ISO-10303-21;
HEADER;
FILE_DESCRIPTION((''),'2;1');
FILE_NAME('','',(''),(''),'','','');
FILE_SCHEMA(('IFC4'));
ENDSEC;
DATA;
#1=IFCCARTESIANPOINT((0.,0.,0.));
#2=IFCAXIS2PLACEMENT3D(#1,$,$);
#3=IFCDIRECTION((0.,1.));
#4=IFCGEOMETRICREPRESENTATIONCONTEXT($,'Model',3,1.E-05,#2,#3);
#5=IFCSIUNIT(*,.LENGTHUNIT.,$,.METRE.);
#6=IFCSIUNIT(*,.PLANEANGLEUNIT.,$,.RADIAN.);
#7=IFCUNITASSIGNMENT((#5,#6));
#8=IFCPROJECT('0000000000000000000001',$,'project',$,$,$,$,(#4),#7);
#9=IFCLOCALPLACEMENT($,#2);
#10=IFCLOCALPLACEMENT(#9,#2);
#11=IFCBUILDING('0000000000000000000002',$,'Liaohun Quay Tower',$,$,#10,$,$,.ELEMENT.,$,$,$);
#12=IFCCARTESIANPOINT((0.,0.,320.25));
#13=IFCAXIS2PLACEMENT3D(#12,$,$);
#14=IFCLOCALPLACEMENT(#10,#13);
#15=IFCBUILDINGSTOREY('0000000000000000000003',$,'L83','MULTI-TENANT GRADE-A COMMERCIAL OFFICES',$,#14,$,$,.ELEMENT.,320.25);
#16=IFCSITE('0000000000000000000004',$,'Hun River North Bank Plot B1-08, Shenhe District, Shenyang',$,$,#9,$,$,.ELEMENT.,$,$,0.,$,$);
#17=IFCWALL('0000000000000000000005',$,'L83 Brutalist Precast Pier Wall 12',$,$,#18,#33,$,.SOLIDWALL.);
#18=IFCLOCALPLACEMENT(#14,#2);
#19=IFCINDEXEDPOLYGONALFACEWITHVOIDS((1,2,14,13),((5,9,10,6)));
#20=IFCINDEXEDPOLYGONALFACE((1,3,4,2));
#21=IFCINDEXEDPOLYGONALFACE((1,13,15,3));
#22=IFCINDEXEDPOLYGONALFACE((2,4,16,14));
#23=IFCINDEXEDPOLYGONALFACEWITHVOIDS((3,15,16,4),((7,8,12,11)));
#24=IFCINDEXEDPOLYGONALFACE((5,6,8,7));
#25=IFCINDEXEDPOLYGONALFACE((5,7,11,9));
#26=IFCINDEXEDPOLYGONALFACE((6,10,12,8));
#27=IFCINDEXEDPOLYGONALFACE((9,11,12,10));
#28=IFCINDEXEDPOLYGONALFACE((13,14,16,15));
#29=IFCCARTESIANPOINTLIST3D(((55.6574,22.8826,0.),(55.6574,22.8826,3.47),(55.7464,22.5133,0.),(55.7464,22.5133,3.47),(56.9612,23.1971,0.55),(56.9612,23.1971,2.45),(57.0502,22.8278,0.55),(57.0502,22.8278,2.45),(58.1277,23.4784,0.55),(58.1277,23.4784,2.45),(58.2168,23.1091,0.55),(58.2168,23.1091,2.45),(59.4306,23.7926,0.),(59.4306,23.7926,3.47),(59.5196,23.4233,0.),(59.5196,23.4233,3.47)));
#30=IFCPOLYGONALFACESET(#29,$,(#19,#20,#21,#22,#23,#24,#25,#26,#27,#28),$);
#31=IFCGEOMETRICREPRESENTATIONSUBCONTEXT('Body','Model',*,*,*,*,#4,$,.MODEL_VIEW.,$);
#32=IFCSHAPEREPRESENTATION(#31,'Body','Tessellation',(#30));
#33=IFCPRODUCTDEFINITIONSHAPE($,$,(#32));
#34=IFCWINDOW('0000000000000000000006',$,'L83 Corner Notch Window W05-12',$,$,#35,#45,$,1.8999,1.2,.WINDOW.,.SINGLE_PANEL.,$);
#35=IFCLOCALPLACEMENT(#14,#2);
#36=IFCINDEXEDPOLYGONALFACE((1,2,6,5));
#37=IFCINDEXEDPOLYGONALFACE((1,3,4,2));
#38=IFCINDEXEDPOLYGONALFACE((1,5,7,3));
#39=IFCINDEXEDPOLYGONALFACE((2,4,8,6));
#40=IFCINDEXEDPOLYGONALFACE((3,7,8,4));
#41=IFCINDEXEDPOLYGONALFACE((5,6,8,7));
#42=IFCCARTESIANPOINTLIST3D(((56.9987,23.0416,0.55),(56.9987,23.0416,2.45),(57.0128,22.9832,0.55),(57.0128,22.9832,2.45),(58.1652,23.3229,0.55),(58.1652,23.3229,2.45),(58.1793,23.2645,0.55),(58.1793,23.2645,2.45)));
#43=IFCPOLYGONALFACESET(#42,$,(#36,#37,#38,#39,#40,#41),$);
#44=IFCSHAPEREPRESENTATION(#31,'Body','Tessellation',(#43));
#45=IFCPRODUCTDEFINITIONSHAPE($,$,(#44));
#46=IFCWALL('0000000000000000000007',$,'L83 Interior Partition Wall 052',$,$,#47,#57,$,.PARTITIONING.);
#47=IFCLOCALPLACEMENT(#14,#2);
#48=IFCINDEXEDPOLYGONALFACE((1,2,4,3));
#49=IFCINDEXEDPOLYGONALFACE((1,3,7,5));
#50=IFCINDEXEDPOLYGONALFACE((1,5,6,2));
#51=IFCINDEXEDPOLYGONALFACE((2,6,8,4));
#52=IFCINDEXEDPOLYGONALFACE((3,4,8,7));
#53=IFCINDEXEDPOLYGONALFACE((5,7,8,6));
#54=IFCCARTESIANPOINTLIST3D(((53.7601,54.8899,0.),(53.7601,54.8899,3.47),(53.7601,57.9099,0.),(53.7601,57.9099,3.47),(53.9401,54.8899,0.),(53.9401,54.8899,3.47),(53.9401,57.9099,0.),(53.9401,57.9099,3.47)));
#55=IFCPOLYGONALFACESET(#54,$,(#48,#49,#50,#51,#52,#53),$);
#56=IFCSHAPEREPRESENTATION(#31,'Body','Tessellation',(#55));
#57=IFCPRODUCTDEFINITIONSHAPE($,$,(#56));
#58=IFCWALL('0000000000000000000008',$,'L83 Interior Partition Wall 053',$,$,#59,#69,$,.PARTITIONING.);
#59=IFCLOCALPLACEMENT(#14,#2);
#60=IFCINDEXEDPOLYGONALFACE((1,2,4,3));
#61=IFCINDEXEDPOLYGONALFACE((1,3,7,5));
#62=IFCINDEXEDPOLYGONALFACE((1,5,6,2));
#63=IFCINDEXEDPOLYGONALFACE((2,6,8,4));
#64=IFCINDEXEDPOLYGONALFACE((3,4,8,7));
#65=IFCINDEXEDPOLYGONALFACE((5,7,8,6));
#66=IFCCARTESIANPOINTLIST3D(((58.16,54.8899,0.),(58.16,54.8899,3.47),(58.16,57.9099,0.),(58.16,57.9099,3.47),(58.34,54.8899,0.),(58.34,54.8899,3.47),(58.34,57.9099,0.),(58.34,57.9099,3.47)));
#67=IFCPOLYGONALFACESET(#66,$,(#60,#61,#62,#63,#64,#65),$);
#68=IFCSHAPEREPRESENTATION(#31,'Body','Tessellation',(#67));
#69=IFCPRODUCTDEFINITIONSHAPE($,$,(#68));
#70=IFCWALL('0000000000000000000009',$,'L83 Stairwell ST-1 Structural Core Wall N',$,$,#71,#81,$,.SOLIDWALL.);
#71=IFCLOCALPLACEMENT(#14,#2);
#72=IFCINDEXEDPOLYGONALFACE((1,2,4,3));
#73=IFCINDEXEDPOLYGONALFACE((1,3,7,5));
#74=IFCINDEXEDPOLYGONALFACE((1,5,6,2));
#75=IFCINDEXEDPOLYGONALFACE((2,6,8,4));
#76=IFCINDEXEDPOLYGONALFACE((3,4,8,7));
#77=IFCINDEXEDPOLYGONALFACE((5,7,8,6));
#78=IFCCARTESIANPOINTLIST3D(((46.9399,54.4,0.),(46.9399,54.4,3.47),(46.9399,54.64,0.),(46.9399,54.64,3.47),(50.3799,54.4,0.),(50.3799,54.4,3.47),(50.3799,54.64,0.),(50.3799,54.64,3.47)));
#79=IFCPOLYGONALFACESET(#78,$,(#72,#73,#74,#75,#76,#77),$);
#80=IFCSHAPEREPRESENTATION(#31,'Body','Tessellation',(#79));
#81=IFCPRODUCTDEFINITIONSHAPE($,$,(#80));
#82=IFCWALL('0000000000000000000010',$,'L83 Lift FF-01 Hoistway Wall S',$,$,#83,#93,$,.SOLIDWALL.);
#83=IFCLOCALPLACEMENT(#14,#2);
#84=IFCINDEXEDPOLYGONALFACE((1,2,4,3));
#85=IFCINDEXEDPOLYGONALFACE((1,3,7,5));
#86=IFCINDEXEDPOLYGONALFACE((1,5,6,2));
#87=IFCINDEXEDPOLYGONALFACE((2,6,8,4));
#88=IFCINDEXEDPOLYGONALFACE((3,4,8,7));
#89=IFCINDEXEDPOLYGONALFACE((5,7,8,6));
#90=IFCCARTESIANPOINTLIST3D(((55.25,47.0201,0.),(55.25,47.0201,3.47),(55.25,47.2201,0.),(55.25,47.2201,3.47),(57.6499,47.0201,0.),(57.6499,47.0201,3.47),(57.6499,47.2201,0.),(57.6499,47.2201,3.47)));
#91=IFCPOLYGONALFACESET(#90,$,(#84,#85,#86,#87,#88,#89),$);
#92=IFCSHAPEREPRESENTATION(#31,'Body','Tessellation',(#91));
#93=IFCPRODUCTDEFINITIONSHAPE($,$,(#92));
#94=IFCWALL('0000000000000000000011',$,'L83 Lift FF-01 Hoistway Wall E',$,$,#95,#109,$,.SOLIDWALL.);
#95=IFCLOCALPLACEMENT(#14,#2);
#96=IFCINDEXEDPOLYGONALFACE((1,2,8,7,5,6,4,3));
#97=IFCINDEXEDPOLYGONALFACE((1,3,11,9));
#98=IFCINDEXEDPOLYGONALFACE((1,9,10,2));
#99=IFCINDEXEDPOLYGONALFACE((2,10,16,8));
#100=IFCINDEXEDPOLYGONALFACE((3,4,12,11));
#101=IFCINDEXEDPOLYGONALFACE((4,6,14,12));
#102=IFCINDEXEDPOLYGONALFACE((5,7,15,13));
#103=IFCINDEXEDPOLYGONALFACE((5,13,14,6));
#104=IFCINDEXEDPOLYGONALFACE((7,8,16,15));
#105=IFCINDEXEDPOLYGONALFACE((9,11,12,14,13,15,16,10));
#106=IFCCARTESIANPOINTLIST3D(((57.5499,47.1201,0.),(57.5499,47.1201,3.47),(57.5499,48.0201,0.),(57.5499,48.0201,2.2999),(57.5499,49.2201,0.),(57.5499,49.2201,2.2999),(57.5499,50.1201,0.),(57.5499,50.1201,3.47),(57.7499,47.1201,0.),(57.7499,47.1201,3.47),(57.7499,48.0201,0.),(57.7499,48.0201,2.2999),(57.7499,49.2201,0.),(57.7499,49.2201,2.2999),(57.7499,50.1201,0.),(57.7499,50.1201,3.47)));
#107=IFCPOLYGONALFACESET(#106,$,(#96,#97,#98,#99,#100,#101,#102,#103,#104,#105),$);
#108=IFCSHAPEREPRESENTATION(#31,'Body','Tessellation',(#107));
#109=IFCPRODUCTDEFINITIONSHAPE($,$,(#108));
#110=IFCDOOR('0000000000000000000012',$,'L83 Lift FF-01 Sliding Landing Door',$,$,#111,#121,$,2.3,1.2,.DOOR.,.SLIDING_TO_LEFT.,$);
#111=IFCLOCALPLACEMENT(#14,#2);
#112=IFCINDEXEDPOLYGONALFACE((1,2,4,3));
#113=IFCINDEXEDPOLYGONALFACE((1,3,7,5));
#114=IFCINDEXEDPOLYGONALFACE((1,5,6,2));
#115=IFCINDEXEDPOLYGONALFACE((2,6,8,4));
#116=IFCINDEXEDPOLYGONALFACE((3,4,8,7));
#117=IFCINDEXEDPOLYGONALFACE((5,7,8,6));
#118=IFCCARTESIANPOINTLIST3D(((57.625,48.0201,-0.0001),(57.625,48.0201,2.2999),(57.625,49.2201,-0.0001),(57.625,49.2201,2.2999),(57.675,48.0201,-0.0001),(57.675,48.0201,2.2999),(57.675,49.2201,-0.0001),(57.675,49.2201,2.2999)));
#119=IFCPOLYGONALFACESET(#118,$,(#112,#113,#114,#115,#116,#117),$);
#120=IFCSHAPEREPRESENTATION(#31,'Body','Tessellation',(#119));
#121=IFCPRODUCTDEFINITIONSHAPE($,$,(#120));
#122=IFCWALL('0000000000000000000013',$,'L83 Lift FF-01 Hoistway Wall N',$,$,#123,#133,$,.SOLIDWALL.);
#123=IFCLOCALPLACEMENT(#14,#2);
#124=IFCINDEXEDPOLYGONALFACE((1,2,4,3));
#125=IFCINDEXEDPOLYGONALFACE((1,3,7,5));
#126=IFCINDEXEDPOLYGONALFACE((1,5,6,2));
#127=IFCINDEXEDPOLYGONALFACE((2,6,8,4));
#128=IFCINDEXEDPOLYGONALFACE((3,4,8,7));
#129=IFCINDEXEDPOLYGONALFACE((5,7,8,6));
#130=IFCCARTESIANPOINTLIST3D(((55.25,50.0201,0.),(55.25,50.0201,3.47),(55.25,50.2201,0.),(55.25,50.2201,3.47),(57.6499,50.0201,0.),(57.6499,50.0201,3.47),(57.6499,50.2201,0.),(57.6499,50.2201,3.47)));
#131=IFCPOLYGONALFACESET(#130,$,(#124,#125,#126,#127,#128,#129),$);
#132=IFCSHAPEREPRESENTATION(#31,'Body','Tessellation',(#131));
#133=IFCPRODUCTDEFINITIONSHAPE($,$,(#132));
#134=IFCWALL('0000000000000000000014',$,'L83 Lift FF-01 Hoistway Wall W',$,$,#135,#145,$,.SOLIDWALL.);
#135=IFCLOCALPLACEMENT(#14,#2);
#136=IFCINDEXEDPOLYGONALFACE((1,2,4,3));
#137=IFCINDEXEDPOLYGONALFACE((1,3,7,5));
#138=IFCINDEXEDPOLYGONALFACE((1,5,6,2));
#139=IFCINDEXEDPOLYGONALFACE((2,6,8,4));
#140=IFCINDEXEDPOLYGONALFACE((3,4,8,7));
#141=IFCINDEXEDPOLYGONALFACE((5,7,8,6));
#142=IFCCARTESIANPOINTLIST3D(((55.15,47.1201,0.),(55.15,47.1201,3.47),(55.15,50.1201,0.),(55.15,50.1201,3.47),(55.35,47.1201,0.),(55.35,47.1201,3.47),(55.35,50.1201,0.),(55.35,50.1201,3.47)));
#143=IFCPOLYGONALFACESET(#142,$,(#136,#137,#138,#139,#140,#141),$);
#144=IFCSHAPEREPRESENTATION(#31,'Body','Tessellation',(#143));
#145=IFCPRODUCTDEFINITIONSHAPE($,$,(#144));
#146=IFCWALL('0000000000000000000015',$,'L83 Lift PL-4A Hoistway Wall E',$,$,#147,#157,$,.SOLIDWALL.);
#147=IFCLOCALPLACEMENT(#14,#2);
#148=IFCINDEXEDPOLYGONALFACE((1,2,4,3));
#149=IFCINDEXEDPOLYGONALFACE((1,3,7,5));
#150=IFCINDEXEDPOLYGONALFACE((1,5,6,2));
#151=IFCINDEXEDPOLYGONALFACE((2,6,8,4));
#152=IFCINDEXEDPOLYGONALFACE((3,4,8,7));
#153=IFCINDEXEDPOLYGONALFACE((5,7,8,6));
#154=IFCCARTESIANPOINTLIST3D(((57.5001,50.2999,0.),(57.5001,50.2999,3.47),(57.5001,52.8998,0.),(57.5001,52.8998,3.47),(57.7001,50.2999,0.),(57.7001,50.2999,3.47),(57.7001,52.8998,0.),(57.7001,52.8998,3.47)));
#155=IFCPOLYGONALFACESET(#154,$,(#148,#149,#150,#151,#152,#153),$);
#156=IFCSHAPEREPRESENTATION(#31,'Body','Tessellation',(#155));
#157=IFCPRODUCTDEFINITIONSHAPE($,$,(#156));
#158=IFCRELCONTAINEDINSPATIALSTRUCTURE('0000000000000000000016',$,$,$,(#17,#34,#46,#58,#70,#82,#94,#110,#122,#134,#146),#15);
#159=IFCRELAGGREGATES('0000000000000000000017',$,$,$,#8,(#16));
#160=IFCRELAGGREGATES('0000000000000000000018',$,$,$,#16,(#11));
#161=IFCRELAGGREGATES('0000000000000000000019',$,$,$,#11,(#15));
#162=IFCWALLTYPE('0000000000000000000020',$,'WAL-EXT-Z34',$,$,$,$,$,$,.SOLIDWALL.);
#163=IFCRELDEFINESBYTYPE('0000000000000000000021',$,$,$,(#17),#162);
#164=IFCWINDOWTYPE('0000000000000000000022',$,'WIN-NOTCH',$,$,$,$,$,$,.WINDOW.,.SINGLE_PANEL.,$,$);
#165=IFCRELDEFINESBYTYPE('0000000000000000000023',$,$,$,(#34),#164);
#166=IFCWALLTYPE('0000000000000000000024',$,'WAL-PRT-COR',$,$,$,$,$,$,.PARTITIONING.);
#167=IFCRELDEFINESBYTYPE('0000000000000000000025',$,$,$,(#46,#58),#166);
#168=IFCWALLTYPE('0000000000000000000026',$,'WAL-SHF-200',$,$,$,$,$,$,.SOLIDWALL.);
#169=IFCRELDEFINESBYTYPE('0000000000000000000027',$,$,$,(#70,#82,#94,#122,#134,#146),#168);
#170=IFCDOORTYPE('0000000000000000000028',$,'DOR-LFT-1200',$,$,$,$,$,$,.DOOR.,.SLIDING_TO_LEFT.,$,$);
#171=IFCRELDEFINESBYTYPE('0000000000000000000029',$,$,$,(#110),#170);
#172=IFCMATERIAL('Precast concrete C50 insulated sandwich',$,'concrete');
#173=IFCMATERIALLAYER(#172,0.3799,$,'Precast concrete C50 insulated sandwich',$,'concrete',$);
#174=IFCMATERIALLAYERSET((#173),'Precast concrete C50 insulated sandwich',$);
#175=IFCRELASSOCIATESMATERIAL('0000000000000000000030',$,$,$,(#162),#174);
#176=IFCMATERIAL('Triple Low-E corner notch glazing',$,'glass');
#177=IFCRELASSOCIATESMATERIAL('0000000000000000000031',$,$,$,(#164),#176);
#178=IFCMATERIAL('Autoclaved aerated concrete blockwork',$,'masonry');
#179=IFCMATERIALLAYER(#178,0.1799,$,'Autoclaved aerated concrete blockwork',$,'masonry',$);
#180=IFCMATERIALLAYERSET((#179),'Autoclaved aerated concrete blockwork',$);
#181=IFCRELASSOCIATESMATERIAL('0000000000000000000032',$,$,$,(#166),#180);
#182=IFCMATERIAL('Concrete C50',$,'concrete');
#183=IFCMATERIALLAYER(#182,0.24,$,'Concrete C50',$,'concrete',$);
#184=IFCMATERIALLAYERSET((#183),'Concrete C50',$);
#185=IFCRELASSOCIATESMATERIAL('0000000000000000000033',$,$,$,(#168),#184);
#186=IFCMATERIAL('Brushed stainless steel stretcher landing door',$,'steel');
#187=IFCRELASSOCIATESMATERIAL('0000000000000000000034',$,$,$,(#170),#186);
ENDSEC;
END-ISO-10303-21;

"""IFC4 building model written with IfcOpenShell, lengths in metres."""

from ifc_helpers import new_model, si_unit, direction, frame, frame_2d, origin, place, context, subcontext, project, spatial, rectangle, extrude, source, transform, mapped, material, layer, layer_set, type_object, element, fill, save


model = new_model("IFC4")

# Units and contexts
model_context = context("Model", 3, precision=1e-05, world=origin(), true_north=direction((0.0, 1.0)))
body_context = subcontext(model_context, "Body", "Model", "MODEL_VIEW")
ifc_project = project(units=[si_unit("LENGTHUNIT", "METRE"), si_unit("PLANEANGLEUNIT", "RADIAN")], contexts=[model_context])

# Site, building, storey
site_placement = place(None, origin())
site = spatial("IfcSite", under=ifc_project, at=site_placement, Name="Hun River North Bank Plot B1-08, Shenhe District, Shenyang", CompositionType="ELEMENT", RefElevation=0.0)
building_placement = place(site_placement, origin())
building = spatial("IfcBuilding", under=site, at=building_placement, Name="Liaohun Quay Tower", CompositionType="ELEMENT")
storey_placement = place(building_placement, frame((0.0, 0.0, 320.25)))
storey = spatial("IfcBuildingStorey", under=building, at=storey_placement, Name="L83", Description="MULTI-TENANT GRADE-A COMMERCIAL OFFICES", CompositionType="ELEMENT", Elevation=320.25)

# Shared definitions
ifc_material_1 = material(Name="Concrete C50", Category="concrete")

# Wall, opening, window
ifc_material_2 = material(Name="Precast concrete C50 insulated sandwich", Category="concrete")
ifc_layer_1 = layer(ifc_material_2, 0.3799, Name="Precast concrete C50 insulated sandwich", Category="concrete")
ifc_layer_set_1 = layer_set([ifc_layer_1], Name="Precast concrete C50 insulated sandwich")
wall_type_1 = type_object("IfcWallType", Name="WAL-EXT-Z34", PredefinedType="SOLIDWALL", material=ifc_layer_set_1)
wall_1_placement = place(storey_placement, frame((55.7019, 22.698, 0.0), z_axis=(0.0, 0.0, 1.0), x_axis=(0.972133, 0.234431, 0.0)))
wall_1 = element("IfcWall", 1, at=wall_1_placement, inside=storey, type_object=wall_type_1, Name="L83 Brutalist Precast Pier Wall 12", PredefinedType="SOLIDWALL", context=body_context, shape_type="SweptSolid", body=[
    extrude(rectangle(XDim=3.8813, YDim=0.3799, at=frame_2d((1.9407, 0.0))), origin(), (0.0, 0.0, 1.0), 3.47),
])
shared_shape_1 = source(origin(), body_context, "Body", "SweptSolid", [
    extrude(rectangle(XDim=1.2, YDim=1.8999, at=frame_2d((0.6001, 0.95))), frame((0.0, 0.2, 0.0), z_axis=(0.0, -1.0, 0.0), x_axis=(1.0, 0.0, 0.0)), (0.0, 0.0, 1.0), 0.3999),
])
opening_1_placement = place(wall_1_placement, frame((1.3411, 0.0, 0.55)))
opening_1 = element("IfcOpeningElement", 2, at=opening_1_placement, cuts=wall_1, PredefinedType="OPENING", context=body_context, shape_type="MappedRepresentation", body=[
    mapped(shared_shape_1, transform((0.0, 0.0, 0.0), x_axis=(1.0, 0.0, 0.0), y_axis=(0.0, 1.0, 0.0), z_axis=(0.0, 0.0, 1.0), scale=1.0)),
])
ifc_material_3 = material(Name="Triple Low-E corner notch glazing", Category="glass")
window_type_1 = type_object("IfcWindowType", Name="WIN-NOTCH", PartitioningType="SINGLE_PANEL", PredefinedType="WINDOW", material=ifc_material_3)
shared_shape_2 = source(origin(), body_context, "Body", "SweptSolid", [
    extrude(rectangle(XDim=1.2, YDim=1.8999, at=frame_2d((0.6001, 0.95))), frame((0.0, 0.03, 0.0), z_axis=(0.0, -1.0, 0.0), x_axis=(1.0, 0.0, 0.0)), (0.0, 0.0, 1.0), 0.0601),
])
window_1_placement = place(opening_1_placement, origin())
window_1 = element("IfcWindow", 3, at=window_1_placement, inside=storey, type_object=window_type_1, Name="L83 Corner Notch Window W05-12", OverallHeight=1.8999, OverallWidth=1.2, PartitioningType="SINGLE_PANEL", PredefinedType="WINDOW", context=body_context, shape_type="MappedRepresentation", body=[
    mapped(shared_shape_2, transform((0.0, 0.0, 0.0), x_axis=(1.0, 0.0, 0.0), y_axis=(0.0, 1.0, 0.0), z_axis=(0.0, 0.0, 1.0), scale=1.0)),
])
fill(opening_1, window_1)

# Walls
ifc_material_4 = material(Name="Autoclaved aerated concrete blockwork", Category="masonry")
ifc_layer_2 = layer(ifc_material_4, 0.1799, Name="Autoclaved aerated concrete blockwork", Category="masonry")
ifc_layer_set_2 = layer_set([ifc_layer_2], Name="Autoclaved aerated concrete blockwork")
wall_type_2 = type_object("IfcWallType", Name="WAL-PRT-COR", PredefinedType="PARTITIONING", material=ifc_layer_set_2)
for number, where, z_axis, x_axis, name in (
    (4, (53.8501, 54.8899, 0.0), (0.0, 0.0, 1.0), (0.0, 1.0, 0.0), "L83 Interior Partition Wall 052"),
    (5, (58.25, 54.8899, 0.0), (0.0, 0.0, 1.0), (0.0, 1.0, 0.0), "L83 Interior Partition Wall 053"),
):
    element("IfcWall", number, at=place(storey_placement, frame(where, z_axis=z_axis, x_axis=x_axis)), inside=storey, type_object=wall_type_2, Name=name, PredefinedType="PARTITIONING", context=body_context, shape_type="SweptSolid", body=[
        extrude(rectangle(XDim=3.02, YDim=0.1799, at=frame_2d((1.51, 0.0))), origin(), (0.0, 0.0, 1.0), 3.47),
    ])
ifc_layer_3 = layer(ifc_material_1, 0.24, Name="Concrete C50", Category="concrete")
ifc_layer_set_3 = layer_set([ifc_layer_3], Name="Concrete C50")
wall_type_3 = type_object("IfcWallType", Name="WAL-SHF-200", PredefinedType="SOLIDWALL", material=ifc_layer_set_3)
wall_2_placement = place(storey_placement, frame((50.3799, 54.52, 0.0), z_axis=(0.0, 0.0, 1.0), x_axis=(-1.0, 0.0, 0.0)))
element("IfcWall", 6, at=wall_2_placement, inside=storey, type_object=wall_type_3, Name="L83 Stairwell ST-1 Structural Core Wall N", PredefinedType="SOLIDWALL", context=body_context, shape_type="SweptSolid", body=[
    extrude(rectangle(XDim=3.4399, YDim=0.24, at=frame_2d((1.72, 0.0))), origin(), (0.0, 0.0, 1.0), 3.47),
])
wall_3_placement = place(storey_placement, frame((55.25, 47.1201, 0.0), z_axis=(0.0, 0.0, 1.0), x_axis=(1.0, 0.0, 0.0)))
element("IfcWall", 7, at=wall_3_placement, inside=storey, type_object=wall_type_3, Name="L83 Lift FF-01 Hoistway Wall S", PredefinedType="SOLIDWALL", context=body_context, shape_type="SweptSolid", body=[
    extrude(rectangle(XDim=2.3999, YDim=0.2, at=frame_2d((1.2, 0.0))), origin(), (0.0, 0.0, 1.0), 3.47),
])

# Wall, opening, door
wall_4_placement = place(storey_placement, frame((57.6499, 47.1201, 0.0), z_axis=(0.0, 0.0, 1.0), x_axis=(0.0, 1.0, 0.0)))
wall_4 = element("IfcWall", 8, at=wall_4_placement, inside=storey, type_object=wall_type_3, Name="L83 Lift FF-01 Hoistway Wall E", PredefinedType="SOLIDWALL", context=body_context, shape_type="SweptSolid", body=[
    extrude(rectangle(XDim=3.0, YDim=0.2, at=frame_2d((1.5, 0.0))), origin(), (0.0, 0.0, 1.0), 3.47),
])
shared_shape_3 = source(origin(), body_context, "Body", "SweptSolid", [
    extrude(rectangle(XDim=1.2, YDim=2.3, at=frame_2d((0.6001, 1.1499))), frame((0.0, 0.1099, 0.0), z_axis=(0.0, -1.0, 0.0), x_axis=(1.0, 0.0, 0.0)), (0.0, 0.0, 1.0), 0.22),
])
opening_2_placement = place(wall_4_placement, frame((0.8999, 0.0, 0.0)))
opening_2 = element("IfcOpeningElement", 9, at=opening_2_placement, cuts=wall_4, PredefinedType="OPENING", context=body_context, shape_type="MappedRepresentation", body=[
    mapped(shared_shape_3, transform((0.0, 0.0, 0.0), x_axis=(1.0, 0.0, 0.0), y_axis=(0.0, 1.0, 0.0), z_axis=(0.0, 0.0, 1.0), scale=1.0)),
])
ifc_material_5 = material(Name="Brushed stainless steel stretcher landing door", Category="steel")
door_type_1 = type_object("IfcDoorType", Name="DOR-LFT-1200", OperationType="SLIDING_TO_LEFT", PredefinedType="DOOR", material=ifc_material_5)
shared_shape_4 = source(origin(), body_context, "Body", "SweptSolid", [
    extrude(rectangle(XDim=1.2, YDim=2.3, at=frame_2d((0.6001, 1.1499))), frame((0.0, 0.0249, 0.0), z_axis=(0.0, -1.0, 0.0), x_axis=(1.0, 0.0, 0.0)), (0.0, 0.0, 1.0), 0.05),
])
door_1_placement = place(opening_2_placement, origin())
door_1 = element("IfcDoor", 10, at=door_1_placement, inside=storey, type_object=door_type_1, Name="L83 Lift FF-01 Sliding Landing Door", OperationType="SLIDING_TO_LEFT", OverallHeight=2.3, OverallWidth=1.2, PredefinedType="DOOR", context=body_context, shape_type="MappedRepresentation", body=[
    mapped(shared_shape_4, transform((0.0, 0.0, 0.0), x_axis=(1.0, 0.0, 0.0), y_axis=(0.0, 1.0, 0.0), z_axis=(0.0, 0.0, 1.0), scale=1.0)),
])
fill(opening_2, door_1)

# Walls
wall_5_placement = place(storey_placement, frame((57.6499, 50.1201, 0.0), z_axis=(0.0, 0.0, 1.0), x_axis=(-1.0, 0.0, 0.0)))
element("IfcWall", 11, at=wall_5_placement, inside=storey, type_object=wall_type_3, Name="L83 Lift FF-01 Hoistway Wall N", PredefinedType="SOLIDWALL", context=body_context, shape_type="SweptSolid", body=[
    extrude(rectangle(XDim=2.3999, YDim=0.2, at=frame_2d((1.2, 0.0))), origin(), (0.0, 0.0, 1.0), 3.47),
])
wall_6_placement = place(storey_placement, frame((55.25, 50.1201, 0.0), z_axis=(0.0, 0.0, 1.0), x_axis=(0.0, -1.0, 0.0)))
element("IfcWall", 12, at=wall_6_placement, inside=storey, type_object=wall_type_3, Name="L83 Lift FF-01 Hoistway Wall W", PredefinedType="SOLIDWALL", context=body_context, shape_type="SweptSolid", body=[
    extrude(rectangle(XDim=3.0, YDim=0.2, at=frame_2d((1.5, 0.0))), origin(), (0.0, 0.0, 1.0), 3.47),
])
wall_7_placement = place(storey_placement, frame((57.6001, 50.3, 0.0), z_axis=(0.0, 0.0, 1.0), x_axis=(0.0, 1.0, 0.0)))
element("IfcWall", 13, at=wall_7_placement, inside=storey, type_object=wall_type_3, Name="L83 Lift PL-4A Hoistway Wall E", PredefinedType="SOLIDWALL", context=body_context, shape_type="SweptSolid", body=[
    extrude(rectangle(XDim=2.5999, YDim=0.2, at=frame_2d((1.2998, 0.0))), origin(), (0.0, 0.0, 1.0), 3.47),
])

save(model, "model.ifc")
